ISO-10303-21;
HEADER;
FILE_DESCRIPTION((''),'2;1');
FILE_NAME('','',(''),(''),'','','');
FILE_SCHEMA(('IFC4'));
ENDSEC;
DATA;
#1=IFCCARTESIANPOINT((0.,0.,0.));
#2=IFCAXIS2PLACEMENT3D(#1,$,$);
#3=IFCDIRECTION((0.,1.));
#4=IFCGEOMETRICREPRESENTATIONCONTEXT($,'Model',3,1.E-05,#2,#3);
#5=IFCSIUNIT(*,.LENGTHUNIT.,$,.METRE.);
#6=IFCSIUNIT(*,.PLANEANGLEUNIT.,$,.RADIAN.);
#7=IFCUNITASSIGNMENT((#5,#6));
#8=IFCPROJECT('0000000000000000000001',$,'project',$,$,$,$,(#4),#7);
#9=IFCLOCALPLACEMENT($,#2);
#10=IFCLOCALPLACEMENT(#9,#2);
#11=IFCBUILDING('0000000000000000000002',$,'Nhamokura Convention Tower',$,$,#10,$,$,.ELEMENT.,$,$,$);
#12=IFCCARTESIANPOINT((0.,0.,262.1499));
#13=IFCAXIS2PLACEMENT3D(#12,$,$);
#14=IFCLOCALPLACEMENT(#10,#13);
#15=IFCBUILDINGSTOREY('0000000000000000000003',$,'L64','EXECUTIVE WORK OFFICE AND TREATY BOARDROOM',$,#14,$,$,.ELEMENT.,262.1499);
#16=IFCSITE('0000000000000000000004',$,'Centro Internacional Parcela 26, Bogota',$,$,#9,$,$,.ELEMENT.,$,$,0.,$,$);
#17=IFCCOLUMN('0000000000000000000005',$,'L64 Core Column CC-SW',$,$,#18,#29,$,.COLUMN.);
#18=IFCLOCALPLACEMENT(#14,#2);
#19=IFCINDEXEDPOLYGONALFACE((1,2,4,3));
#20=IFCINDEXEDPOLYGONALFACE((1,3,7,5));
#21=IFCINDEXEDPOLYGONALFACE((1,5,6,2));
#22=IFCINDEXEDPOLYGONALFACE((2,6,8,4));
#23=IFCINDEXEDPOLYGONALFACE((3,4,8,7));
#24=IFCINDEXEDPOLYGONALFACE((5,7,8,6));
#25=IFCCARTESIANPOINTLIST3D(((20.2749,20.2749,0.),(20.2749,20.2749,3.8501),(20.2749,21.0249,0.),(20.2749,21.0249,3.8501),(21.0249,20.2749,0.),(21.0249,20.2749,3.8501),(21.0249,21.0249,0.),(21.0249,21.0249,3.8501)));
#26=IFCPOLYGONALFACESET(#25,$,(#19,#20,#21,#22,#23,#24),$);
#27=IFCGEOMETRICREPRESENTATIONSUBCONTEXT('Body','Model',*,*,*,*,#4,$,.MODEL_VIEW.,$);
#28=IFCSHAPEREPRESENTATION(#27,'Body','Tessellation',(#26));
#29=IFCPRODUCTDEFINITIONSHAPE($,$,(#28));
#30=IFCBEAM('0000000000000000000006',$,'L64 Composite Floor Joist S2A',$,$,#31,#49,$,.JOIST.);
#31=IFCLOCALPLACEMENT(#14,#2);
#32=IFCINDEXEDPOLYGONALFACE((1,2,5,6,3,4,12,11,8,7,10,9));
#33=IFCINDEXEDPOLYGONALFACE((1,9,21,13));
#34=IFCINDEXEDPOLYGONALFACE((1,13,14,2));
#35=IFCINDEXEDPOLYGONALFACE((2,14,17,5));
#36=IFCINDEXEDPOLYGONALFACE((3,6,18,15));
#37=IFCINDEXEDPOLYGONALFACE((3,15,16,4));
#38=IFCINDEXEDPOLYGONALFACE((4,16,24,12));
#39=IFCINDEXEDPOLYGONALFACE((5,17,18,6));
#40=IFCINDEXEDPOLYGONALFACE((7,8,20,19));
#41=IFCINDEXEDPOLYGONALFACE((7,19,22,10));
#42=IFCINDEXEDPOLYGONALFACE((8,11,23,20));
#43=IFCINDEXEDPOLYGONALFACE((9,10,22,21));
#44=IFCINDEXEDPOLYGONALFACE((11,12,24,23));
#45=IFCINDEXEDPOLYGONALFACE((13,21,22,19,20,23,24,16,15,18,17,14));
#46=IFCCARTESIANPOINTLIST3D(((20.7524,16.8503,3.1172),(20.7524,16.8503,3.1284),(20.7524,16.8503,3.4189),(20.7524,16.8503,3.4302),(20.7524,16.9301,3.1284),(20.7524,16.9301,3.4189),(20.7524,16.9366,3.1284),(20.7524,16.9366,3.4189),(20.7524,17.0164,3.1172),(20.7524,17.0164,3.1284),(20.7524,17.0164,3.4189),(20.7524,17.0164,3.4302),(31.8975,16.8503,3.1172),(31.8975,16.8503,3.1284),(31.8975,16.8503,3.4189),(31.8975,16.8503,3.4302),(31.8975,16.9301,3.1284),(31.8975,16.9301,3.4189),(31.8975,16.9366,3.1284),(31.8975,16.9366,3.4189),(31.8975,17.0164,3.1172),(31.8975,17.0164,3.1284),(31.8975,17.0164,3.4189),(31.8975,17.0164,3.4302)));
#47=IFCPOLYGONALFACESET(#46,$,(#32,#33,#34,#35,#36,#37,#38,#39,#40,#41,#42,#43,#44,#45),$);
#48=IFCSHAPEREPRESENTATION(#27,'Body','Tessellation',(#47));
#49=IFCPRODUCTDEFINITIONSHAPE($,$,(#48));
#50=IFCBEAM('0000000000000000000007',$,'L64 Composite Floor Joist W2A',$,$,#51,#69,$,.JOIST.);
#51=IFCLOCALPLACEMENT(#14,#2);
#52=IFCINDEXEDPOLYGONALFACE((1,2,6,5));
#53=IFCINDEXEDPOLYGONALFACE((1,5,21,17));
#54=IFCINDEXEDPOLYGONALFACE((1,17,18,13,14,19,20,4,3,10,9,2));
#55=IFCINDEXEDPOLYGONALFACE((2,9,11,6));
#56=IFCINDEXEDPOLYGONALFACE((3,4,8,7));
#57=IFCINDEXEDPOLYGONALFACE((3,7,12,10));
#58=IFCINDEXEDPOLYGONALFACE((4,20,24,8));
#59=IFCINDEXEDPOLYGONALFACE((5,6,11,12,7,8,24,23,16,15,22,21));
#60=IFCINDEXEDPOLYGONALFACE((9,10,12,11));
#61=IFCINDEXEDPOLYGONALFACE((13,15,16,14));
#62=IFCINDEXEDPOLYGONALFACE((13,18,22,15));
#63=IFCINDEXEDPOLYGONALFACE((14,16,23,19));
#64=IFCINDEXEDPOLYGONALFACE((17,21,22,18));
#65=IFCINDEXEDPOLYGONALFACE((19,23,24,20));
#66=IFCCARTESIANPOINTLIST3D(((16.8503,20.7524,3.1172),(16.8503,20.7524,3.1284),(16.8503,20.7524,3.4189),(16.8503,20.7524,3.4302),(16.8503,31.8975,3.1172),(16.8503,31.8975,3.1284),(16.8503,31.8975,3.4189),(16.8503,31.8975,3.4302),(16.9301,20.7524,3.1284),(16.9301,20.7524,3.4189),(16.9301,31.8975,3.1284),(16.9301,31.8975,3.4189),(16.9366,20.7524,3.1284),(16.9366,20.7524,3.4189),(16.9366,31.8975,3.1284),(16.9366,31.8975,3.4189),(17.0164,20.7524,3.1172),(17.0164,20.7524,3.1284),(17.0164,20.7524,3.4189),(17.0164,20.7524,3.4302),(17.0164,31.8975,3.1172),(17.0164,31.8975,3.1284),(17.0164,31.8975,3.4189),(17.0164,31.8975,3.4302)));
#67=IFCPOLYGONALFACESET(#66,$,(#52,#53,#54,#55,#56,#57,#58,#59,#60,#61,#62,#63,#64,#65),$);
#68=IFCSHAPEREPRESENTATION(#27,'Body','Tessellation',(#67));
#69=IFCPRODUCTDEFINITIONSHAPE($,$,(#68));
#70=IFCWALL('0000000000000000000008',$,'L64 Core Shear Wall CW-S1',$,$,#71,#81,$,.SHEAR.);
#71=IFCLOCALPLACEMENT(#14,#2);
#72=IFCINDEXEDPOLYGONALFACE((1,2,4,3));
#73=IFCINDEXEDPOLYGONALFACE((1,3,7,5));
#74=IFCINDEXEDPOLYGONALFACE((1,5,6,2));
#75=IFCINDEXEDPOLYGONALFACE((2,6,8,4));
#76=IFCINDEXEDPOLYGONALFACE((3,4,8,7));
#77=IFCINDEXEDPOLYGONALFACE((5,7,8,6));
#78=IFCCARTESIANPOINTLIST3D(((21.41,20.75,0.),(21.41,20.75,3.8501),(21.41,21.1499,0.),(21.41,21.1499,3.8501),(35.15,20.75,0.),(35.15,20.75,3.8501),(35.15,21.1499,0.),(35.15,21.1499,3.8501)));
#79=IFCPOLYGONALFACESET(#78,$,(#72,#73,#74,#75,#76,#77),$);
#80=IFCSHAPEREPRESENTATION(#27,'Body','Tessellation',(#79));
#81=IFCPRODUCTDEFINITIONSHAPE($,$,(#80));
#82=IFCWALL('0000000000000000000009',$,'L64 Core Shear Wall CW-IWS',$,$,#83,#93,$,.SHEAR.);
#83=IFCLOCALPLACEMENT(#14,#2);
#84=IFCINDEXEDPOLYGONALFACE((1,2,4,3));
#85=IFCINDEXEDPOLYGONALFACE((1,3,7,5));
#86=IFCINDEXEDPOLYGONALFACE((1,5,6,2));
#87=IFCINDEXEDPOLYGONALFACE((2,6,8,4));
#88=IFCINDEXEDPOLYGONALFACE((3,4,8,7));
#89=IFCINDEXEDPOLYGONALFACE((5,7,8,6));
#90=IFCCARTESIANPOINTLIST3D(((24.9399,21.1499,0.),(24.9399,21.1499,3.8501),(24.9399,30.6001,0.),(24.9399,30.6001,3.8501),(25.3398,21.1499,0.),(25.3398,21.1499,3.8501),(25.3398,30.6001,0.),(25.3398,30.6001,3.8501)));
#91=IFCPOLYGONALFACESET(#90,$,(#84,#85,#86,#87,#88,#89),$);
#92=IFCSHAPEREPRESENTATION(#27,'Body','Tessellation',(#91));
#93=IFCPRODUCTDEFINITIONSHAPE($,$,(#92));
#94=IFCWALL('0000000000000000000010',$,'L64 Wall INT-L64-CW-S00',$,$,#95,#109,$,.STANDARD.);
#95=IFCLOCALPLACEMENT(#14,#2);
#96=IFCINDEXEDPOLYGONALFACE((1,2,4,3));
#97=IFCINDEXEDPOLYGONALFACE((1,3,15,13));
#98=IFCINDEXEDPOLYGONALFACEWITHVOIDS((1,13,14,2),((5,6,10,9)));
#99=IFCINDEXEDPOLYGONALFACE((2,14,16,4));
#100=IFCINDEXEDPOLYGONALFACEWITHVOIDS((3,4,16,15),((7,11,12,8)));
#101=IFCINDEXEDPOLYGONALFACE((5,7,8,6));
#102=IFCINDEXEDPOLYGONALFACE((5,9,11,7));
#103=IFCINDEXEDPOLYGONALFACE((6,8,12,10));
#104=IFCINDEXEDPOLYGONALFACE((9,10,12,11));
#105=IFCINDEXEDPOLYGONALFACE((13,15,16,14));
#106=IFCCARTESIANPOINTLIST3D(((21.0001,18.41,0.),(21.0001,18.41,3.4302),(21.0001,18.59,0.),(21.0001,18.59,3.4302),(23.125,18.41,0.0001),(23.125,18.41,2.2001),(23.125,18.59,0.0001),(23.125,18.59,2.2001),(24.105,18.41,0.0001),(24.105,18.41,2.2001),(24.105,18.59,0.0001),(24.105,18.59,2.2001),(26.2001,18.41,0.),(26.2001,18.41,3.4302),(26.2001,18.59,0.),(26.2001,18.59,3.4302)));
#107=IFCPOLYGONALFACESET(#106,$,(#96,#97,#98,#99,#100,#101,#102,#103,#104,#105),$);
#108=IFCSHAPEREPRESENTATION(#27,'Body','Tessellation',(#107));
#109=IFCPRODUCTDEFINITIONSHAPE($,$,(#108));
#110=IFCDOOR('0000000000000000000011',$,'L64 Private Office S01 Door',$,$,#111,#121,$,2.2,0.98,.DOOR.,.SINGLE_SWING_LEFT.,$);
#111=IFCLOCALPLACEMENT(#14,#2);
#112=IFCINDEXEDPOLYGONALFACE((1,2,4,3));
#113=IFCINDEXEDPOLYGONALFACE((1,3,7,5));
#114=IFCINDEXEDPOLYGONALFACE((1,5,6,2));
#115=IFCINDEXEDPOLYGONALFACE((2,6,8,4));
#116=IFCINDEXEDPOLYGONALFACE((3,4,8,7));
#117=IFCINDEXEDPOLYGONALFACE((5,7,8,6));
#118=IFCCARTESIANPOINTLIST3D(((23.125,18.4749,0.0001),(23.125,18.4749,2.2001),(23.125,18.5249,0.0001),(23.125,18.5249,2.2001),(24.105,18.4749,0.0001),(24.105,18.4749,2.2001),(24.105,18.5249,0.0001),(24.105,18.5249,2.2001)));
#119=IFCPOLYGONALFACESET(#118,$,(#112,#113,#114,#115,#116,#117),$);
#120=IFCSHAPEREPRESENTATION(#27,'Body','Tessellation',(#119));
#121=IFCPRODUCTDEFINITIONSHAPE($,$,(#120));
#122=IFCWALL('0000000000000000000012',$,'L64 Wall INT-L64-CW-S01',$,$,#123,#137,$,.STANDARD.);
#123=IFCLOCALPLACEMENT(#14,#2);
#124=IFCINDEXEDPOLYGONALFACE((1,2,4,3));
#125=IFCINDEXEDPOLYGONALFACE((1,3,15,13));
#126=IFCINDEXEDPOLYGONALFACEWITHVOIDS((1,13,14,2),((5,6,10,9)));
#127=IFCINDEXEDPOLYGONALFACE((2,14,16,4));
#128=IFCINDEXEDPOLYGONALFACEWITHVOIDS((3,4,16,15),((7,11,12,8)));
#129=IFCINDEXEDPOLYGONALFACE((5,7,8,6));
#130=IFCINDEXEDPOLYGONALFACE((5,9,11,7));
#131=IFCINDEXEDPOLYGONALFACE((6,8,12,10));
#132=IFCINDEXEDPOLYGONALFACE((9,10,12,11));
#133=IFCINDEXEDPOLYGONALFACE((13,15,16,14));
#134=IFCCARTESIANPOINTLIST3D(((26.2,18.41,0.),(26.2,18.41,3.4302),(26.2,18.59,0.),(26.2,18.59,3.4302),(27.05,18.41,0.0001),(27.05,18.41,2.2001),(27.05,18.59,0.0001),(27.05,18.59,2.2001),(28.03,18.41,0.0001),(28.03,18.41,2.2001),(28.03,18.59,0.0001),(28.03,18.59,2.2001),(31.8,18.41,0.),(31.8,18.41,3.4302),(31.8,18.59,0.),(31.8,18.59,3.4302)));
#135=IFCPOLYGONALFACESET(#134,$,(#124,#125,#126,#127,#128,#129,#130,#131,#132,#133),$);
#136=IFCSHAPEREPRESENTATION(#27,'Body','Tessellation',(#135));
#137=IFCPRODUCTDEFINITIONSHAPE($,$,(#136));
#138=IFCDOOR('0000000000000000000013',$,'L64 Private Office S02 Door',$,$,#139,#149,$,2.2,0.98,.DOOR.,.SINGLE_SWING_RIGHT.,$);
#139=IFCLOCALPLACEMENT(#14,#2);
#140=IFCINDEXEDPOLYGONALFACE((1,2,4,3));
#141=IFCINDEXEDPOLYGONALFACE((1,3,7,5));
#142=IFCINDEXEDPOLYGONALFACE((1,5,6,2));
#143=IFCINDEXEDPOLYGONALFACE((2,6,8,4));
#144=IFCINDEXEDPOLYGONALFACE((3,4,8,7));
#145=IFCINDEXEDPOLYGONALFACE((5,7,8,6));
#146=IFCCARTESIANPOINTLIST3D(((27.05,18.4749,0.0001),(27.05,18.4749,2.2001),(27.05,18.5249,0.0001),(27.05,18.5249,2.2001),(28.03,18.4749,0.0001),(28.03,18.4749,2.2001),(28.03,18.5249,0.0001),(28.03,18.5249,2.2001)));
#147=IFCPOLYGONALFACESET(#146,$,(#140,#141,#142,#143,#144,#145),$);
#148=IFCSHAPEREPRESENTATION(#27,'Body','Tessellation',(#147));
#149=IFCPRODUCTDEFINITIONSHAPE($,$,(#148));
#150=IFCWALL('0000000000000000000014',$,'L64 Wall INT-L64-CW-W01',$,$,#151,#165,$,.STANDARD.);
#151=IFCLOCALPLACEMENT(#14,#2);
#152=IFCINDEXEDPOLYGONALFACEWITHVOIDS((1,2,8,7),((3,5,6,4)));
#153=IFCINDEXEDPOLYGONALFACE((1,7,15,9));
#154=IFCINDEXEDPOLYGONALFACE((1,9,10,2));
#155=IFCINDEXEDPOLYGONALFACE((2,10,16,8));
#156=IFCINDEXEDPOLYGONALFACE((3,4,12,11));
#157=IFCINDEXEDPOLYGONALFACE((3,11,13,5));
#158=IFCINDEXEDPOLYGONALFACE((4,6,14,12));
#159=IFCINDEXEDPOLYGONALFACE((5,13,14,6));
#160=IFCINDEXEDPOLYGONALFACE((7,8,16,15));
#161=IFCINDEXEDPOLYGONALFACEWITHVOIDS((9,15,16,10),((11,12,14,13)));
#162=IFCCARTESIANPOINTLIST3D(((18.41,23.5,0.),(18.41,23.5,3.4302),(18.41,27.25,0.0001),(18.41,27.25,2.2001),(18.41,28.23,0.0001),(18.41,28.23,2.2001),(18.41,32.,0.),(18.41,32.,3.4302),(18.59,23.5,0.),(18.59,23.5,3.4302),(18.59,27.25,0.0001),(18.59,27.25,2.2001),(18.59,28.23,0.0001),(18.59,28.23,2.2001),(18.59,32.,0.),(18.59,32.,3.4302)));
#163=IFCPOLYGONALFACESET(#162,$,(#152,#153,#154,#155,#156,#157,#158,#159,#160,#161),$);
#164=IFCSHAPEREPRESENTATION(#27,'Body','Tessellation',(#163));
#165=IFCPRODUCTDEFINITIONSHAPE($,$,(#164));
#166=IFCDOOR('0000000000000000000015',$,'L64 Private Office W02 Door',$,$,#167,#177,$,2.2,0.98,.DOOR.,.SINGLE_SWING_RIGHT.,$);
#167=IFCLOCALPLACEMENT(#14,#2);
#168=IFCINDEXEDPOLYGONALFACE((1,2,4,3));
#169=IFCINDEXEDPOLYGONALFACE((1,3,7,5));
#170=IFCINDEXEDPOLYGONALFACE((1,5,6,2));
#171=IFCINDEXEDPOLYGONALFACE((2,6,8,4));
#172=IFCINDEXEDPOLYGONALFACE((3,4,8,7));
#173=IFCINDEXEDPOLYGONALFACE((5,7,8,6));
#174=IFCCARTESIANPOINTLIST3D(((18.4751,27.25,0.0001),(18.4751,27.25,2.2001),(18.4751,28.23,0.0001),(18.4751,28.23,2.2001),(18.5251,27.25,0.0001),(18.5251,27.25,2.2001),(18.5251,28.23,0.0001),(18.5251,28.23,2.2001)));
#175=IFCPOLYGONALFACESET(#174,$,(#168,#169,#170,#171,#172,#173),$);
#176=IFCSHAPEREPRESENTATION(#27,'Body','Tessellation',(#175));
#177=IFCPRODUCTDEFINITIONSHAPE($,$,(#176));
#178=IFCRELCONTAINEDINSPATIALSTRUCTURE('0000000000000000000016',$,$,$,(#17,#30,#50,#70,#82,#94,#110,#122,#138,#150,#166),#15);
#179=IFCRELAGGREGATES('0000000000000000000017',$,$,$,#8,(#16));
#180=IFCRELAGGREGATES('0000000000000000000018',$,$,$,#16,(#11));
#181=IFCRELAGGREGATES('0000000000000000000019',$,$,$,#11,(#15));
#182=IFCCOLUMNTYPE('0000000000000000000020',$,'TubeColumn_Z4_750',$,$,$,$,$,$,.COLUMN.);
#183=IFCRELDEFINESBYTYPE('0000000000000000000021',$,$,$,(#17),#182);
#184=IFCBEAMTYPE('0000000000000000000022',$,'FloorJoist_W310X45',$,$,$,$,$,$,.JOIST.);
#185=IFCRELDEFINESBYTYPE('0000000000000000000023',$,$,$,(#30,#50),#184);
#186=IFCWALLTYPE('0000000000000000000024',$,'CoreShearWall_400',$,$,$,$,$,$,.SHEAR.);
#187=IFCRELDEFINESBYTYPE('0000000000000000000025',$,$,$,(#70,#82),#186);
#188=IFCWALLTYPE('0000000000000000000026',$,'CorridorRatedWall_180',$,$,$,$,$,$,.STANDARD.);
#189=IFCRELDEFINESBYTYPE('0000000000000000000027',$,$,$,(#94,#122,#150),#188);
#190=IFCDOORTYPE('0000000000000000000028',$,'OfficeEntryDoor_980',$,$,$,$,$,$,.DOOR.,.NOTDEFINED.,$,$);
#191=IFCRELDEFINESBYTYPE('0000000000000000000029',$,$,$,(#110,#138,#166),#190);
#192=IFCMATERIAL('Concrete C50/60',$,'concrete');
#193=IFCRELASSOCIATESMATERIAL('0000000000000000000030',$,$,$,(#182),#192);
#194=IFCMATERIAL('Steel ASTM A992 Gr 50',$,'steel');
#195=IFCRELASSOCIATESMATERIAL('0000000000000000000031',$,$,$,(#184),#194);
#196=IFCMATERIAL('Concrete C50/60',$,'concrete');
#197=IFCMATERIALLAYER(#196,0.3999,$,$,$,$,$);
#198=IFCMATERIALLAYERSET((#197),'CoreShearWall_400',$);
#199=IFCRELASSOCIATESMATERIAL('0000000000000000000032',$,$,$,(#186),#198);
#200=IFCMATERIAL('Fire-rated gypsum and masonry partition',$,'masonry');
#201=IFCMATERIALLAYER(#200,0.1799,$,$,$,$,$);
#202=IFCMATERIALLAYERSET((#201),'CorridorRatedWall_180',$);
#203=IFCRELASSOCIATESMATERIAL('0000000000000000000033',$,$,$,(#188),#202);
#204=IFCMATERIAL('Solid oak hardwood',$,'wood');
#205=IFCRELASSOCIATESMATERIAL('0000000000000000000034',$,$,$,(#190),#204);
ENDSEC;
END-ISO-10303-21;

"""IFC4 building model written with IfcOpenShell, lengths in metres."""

from ifc_helpers import new_model, si_unit, direction, frame, frame_2d, origin, origin_2d, place, context, subcontext, project, spatial, rectangle, i_section, extrude, material, layer, layer_set, material_profile, profile_set, type_object, element, fill, save


model = new_model("IFC4")

# Units and contexts
model_context = context("Model", 3, precision=1e-05, world=origin(), true_north=direction((0.0, 1.0)))
body_context = subcontext(model_context, "Body", "Model", "MODEL_VIEW")
ifc_project = project(units=[si_unit("LENGTHUNIT", "METRE"), si_unit("PLANEANGLEUNIT", "RADIAN")], contexts=[model_context])

# Site, building, storey
site_placement = place(None, origin())
site = spatial("IfcSite", under=ifc_project, at=site_placement, Name="Centro Internacional Parcela 26, Bogota", CompositionType="ELEMENT", RefElevation=0.0)
building_placement = place(site_placement, origin())
building = spatial("IfcBuilding", under=site, at=building_placement, Name="Nhamokura Convention Tower", CompositionType="ELEMENT")
storey_placement = place(building_placement, frame((0.0, 0.0, 262.1499)))
storey = spatial("IfcBuildingStorey", under=building, at=storey_placement, Name="L64", Description="EXECUTIVE WORK OFFICE AND TREATY BOARDROOM", CompositionType="ELEMENT", Elevation=262.1499)

# Column
ifc_material_1 = material(Name="Concrete C50/60", Category="concrete")
ifc_material_profile_1 = material_profile(ifc_material_1, rectangle(XDim=0.75, YDim=0.75, at=origin_2d()))
ifc_profile_set_1 = profile_set([ifc_material_profile_1], Name="Concrete C50/60")
column_type = type_object("IfcColumnType", Name="TubeColumn_Z4_750", PredefinedType="COLUMN", material=ifc_profile_set_1)
column_placement = place(storey_placement, frame((20.6499, 20.6499, 0.0), z_axis=(0.0, 0.0, 1.0), x_axis=(1.0, 0.0, 0.0)))
element("IfcColumn", 1, at=column_placement, inside=storey, type_object=column_type, Name="L64 Core Column CC-SW", PredefinedType="COLUMN", context=body_context, shape_type="SweptSolid", body=[
    extrude(rectangle(XDim=0.75, YDim=0.75, at=origin_2d()), origin(), (0.0, 0.0, 1.0), 3.8501),
])

# Beams
ifc_material_2 = material(Name="Steel ASTM A992 Gr 50", Category="steel")
ifc_material_profile_2 = material_profile(ifc_material_2, i_section(OverallWidth=0.166, OverallDepth=0.313, WebThickness=0.0066, FlangeThickness=0.0112, at=origin_2d()))
ifc_profile_set_2 = profile_set([ifc_material_profile_2], Name="Steel ASTM A992 Gr 50")
beam_type = type_object("IfcBeamType", Name="FloorJoist_W310X45", PredefinedType="JOIST", material=ifc_profile_set_2)
for number, where, z_axis, x_axis, name in (
    (2, (20.7524, 16.9333, 3.2737), (1.0, 0.0, 0.0), (0.0, 1.0, 0.0), "L64 Composite Floor Joist S2A"),
    (3, (16.9333, 20.7524, 3.2737), (0.0, 1.0, 0.0), (-1.0, 0.0, 0.0), "L64 Composite Floor Joist W2A"),
):
    element("IfcBeam", number, at=place(storey_placement, frame(where, z_axis=z_axis, x_axis=x_axis)), inside=storey, type_object=beam_type, Name=name, PredefinedType="JOIST", context=body_context, shape_type="SweptSolid", body=[
        extrude(i_section(OverallWidth=0.166, OverallDepth=0.313, WebThickness=0.0066, FlangeThickness=0.0112, at=origin_2d()), origin(), (0.0, 0.0, 1.0), 11.145),
    ])

# Shared definitions
ifc_material_3 = material(Name="Concrete C50/60", Category="concrete")
ifc_layer_1 = layer(ifc_material_3, 0.3999)
ifc_layer_set_1 = layer_set([ifc_layer_1], Name="CoreShearWall_400")
wall_type_1 = type_object("IfcWallType", Name="CoreShearWall_400", PredefinedType="SHEAR", material=ifc_layer_set_1)

# Walls
wall_1_placement = place(storey_placement, frame((21.4099, 20.95, 0.0), z_axis=(0.0, 0.0, 1.0), x_axis=(1.0, 0.0, 0.0)))
element("IfcWall", 4, at=wall_1_placement, inside=storey, type_object=wall_type_1, Name="L64 Core Shear Wall CW-S1", PredefinedType="SHEAR", context=body_context, shape_type="SweptSolid", body=[
    extrude(rectangle(XDim=13.74, YDim=0.3999, at=frame_2d((6.8701, 0.0))), origin(), (0.0, 0.0, 1.0), 3.8501),
])
wall_2_placement = place(storey_placement, frame((25.1399, 21.1499, 0.0), z_axis=(0.0, 0.0, 1.0), x_axis=(0.0, 1.0, 0.0)))
element("IfcWall", 5, at=wall_2_placement, inside=storey, type_object=wall_type_1, Name="L64 Core Shear Wall CW-IWS", PredefinedType="SHEAR", context=body_context, shape_type="SweptSolid", body=[
    extrude(rectangle(XDim=9.4502, YDim=0.3999, at=frame_2d((4.7251, 0.0))), origin(), (0.0, 0.0, 1.0), 3.8501),
])

# Walls, openings, doors
ifc_material_4 = material(Name="Fire-rated gypsum and masonry partition", Category="masonry")
ifc_layer_2 = layer(ifc_material_4, 0.1799)
ifc_layer_set_2 = layer_set([ifc_layer_2], Name="CorridorRatedWall_180")
wall_type_2 = type_object("IfcWallType", Name="CorridorRatedWall_180", PredefinedType="STANDARD", material=ifc_layer_set_2)
wall_3_placement = place(storey_placement, frame((21.0, 18.5, 0.0), z_axis=(0.0, 0.0, 1.0), x_axis=(1.0, 0.0, 0.0)))
wall_3 = element("IfcWall", 6, at=wall_3_placement, inside=storey, type_object=wall_type_2, Name="L64 Wall INT-L64-CW-S00", PredefinedType="STANDARD", context=body_context, shape_type="SweptSolid", body=[
    extrude(rectangle(XDim=5.2, YDim=0.1799, at=frame_2d((2.6001, 0.0))), origin(), (0.0, 0.0, 1.0), 3.4302),
])
opening_1_placement = place(wall_3_placement, frame((2.125, 0.0, 0.0)))
opening_1 = element("IfcOpeningElement", 7, at=opening_1_placement, cuts=wall_3, PredefinedType="OPENING", context=body_context, shape_type="SweptSolid", body=[
    extrude(rectangle(XDim=0.98, YDim=2.2, at=frame_2d((0.49, 1.1001))), frame((0.0, 0.0999, 0.0), z_axis=(0.0, -1.0, 0.0), x_axis=(1.0, 0.0, 0.0)), (0.0, 0.0, 1.0), 0.2),
])
ifc_material_5 = material(Name="Solid oak hardwood", Category="wood")
door_type_1 = type_object("IfcDoorType", Name="OfficeEntryDoor_980", OperationType="NOTDEFINED", PredefinedType="DOOR", material=ifc_material_5)
door_1_placement = place(opening_1_placement, origin())
door_1 = element("IfcDoor", 8, at=door_1_placement, inside=storey, type_object=door_type_1, Name="L64 Private Office S01 Door", OperationType="SINGLE_SWING_LEFT", OverallHeight=2.2, OverallWidth=0.98, PredefinedType="DOOR", context=body_context, shape_type="SweptSolid", body=[
    extrude(rectangle(XDim=0.98, YDim=2.2, at=frame_2d((0.49, 1.1001))), frame((0.0, 0.0249, 0.0), z_axis=(0.0, -1.0, 0.0), x_axis=(1.0, 0.0, 0.0)), (0.0, 0.0, 1.0), 0.05),
])
fill(opening_1, door_1)
wall_4_placement = place(storey_placement, frame((26.2, 18.5, 0.0), z_axis=(0.0, 0.0, 1.0), x_axis=(1.0, 0.0, 0.0)))
wall_4 = element("IfcWall", 9, at=wall_4_placement, inside=storey, type_object=wall_type_2, Name="L64 Wall INT-L64-CW-S01", PredefinedType="STANDARD", context=body_context, shape_type="SweptSolid", body=[
    extrude(rectangle(XDim=5.6001, YDim=0.1799, at=frame_2d((2.8, 0.0))), origin(), (0.0, 0.0, 1.0), 3.4302),
])
opening_2_placement = place(wall_4_placement, frame((0.8501, 0.0, 0.0)))
opening_2 = element("IfcOpeningElement", 10, at=opening_2_placement, cuts=wall_4, PredefinedType="OPENING", context=body_context, shape_type="SweptSolid", body=[
    extrude(rectangle(XDim=0.98, YDim=2.2, at=frame_2d((0.49, 1.1001))), frame((0.0, 0.0999, 0.0), z_axis=(0.0, -1.0, 0.0), x_axis=(1.0, 0.0, 0.0)), (0.0, 0.0, 1.0), 0.2),
])
door_2_placement = place(opening_2_placement, origin())
door_2 = element("IfcDoor", 11, at=door_2_placement, inside=storey, type_object=door_type_1, Name="L64 Private Office S02 Door", OperationType="SINGLE_SWING_RIGHT", OverallHeight=2.2, OverallWidth=0.98, PredefinedType="DOOR", context=body_context, shape_type="SweptSolid", body=[
    extrude(rectangle(XDim=0.98, YDim=2.2, at=frame_2d((0.49, 1.1001))), frame((0.0, 0.0249, 0.0), z_axis=(0.0, -1.0, 0.0), x_axis=(1.0, 0.0, 0.0)), (0.0, 0.0, 1.0), 0.05),
])
fill(opening_2, door_2)
wall_5_placement = place(storey_placement, frame((18.5, 23.5, 0.0), z_axis=(0.0, 0.0, 1.0), x_axis=(0.0, 1.0, 0.0)))
wall_5 = element("IfcWall", 12, at=wall_5_placement, inside=storey, type_object=wall_type_2, Name="L64 Wall INT-L64-CW-W01", PredefinedType="STANDARD", context=body_context, shape_type="SweptSolid", body=[
    extrude(rectangle(XDim=8.5, YDim=0.1799, at=frame_2d((4.25, 0.0))), origin(), (0.0, 0.0, 1.0), 3.4302),
])
opening_3_placement = place(wall_5_placement, frame((3.75, 0.0, 0.0)))
opening_3 = element("IfcOpeningElement", 13, at=opening_3_placement, cuts=wall_5, PredefinedType="OPENING", context=body_context, shape_type="SweptSolid", body=[
    extrude(rectangle(XDim=0.98, YDim=2.2, at=frame_2d((0.49, 1.1001))), frame((0.0, 0.0999, 0.0), z_axis=(0.0, -1.0, 0.0), x_axis=(1.0, 0.0, 0.0)), (0.0, 0.0, 1.0), 0.2),
])
door_3_placement = place(opening_3_placement, origin())
door_3 = element("IfcDoor", 14, at=door_3_placement, inside=storey, type_object=door_type_1, Name="L64 Private Office W02 Door", OperationType="SINGLE_SWING_RIGHT", OverallHeight=2.2, OverallWidth=0.98, PredefinedType="DOOR", context=body_context, shape_type="SweptSolid", body=[
    extrude(rectangle(XDim=0.98, YDim=2.2, at=frame_2d((0.49, 1.1001))), frame((0.0, 0.0249, 0.0), z_axis=(0.0, -1.0, 0.0), x_axis=(1.0, 0.0, 0.0)), (0.0, 0.0, 1.0), 0.05),
])
fill(opening_3, door_3)

save(model, "model.ifc")
